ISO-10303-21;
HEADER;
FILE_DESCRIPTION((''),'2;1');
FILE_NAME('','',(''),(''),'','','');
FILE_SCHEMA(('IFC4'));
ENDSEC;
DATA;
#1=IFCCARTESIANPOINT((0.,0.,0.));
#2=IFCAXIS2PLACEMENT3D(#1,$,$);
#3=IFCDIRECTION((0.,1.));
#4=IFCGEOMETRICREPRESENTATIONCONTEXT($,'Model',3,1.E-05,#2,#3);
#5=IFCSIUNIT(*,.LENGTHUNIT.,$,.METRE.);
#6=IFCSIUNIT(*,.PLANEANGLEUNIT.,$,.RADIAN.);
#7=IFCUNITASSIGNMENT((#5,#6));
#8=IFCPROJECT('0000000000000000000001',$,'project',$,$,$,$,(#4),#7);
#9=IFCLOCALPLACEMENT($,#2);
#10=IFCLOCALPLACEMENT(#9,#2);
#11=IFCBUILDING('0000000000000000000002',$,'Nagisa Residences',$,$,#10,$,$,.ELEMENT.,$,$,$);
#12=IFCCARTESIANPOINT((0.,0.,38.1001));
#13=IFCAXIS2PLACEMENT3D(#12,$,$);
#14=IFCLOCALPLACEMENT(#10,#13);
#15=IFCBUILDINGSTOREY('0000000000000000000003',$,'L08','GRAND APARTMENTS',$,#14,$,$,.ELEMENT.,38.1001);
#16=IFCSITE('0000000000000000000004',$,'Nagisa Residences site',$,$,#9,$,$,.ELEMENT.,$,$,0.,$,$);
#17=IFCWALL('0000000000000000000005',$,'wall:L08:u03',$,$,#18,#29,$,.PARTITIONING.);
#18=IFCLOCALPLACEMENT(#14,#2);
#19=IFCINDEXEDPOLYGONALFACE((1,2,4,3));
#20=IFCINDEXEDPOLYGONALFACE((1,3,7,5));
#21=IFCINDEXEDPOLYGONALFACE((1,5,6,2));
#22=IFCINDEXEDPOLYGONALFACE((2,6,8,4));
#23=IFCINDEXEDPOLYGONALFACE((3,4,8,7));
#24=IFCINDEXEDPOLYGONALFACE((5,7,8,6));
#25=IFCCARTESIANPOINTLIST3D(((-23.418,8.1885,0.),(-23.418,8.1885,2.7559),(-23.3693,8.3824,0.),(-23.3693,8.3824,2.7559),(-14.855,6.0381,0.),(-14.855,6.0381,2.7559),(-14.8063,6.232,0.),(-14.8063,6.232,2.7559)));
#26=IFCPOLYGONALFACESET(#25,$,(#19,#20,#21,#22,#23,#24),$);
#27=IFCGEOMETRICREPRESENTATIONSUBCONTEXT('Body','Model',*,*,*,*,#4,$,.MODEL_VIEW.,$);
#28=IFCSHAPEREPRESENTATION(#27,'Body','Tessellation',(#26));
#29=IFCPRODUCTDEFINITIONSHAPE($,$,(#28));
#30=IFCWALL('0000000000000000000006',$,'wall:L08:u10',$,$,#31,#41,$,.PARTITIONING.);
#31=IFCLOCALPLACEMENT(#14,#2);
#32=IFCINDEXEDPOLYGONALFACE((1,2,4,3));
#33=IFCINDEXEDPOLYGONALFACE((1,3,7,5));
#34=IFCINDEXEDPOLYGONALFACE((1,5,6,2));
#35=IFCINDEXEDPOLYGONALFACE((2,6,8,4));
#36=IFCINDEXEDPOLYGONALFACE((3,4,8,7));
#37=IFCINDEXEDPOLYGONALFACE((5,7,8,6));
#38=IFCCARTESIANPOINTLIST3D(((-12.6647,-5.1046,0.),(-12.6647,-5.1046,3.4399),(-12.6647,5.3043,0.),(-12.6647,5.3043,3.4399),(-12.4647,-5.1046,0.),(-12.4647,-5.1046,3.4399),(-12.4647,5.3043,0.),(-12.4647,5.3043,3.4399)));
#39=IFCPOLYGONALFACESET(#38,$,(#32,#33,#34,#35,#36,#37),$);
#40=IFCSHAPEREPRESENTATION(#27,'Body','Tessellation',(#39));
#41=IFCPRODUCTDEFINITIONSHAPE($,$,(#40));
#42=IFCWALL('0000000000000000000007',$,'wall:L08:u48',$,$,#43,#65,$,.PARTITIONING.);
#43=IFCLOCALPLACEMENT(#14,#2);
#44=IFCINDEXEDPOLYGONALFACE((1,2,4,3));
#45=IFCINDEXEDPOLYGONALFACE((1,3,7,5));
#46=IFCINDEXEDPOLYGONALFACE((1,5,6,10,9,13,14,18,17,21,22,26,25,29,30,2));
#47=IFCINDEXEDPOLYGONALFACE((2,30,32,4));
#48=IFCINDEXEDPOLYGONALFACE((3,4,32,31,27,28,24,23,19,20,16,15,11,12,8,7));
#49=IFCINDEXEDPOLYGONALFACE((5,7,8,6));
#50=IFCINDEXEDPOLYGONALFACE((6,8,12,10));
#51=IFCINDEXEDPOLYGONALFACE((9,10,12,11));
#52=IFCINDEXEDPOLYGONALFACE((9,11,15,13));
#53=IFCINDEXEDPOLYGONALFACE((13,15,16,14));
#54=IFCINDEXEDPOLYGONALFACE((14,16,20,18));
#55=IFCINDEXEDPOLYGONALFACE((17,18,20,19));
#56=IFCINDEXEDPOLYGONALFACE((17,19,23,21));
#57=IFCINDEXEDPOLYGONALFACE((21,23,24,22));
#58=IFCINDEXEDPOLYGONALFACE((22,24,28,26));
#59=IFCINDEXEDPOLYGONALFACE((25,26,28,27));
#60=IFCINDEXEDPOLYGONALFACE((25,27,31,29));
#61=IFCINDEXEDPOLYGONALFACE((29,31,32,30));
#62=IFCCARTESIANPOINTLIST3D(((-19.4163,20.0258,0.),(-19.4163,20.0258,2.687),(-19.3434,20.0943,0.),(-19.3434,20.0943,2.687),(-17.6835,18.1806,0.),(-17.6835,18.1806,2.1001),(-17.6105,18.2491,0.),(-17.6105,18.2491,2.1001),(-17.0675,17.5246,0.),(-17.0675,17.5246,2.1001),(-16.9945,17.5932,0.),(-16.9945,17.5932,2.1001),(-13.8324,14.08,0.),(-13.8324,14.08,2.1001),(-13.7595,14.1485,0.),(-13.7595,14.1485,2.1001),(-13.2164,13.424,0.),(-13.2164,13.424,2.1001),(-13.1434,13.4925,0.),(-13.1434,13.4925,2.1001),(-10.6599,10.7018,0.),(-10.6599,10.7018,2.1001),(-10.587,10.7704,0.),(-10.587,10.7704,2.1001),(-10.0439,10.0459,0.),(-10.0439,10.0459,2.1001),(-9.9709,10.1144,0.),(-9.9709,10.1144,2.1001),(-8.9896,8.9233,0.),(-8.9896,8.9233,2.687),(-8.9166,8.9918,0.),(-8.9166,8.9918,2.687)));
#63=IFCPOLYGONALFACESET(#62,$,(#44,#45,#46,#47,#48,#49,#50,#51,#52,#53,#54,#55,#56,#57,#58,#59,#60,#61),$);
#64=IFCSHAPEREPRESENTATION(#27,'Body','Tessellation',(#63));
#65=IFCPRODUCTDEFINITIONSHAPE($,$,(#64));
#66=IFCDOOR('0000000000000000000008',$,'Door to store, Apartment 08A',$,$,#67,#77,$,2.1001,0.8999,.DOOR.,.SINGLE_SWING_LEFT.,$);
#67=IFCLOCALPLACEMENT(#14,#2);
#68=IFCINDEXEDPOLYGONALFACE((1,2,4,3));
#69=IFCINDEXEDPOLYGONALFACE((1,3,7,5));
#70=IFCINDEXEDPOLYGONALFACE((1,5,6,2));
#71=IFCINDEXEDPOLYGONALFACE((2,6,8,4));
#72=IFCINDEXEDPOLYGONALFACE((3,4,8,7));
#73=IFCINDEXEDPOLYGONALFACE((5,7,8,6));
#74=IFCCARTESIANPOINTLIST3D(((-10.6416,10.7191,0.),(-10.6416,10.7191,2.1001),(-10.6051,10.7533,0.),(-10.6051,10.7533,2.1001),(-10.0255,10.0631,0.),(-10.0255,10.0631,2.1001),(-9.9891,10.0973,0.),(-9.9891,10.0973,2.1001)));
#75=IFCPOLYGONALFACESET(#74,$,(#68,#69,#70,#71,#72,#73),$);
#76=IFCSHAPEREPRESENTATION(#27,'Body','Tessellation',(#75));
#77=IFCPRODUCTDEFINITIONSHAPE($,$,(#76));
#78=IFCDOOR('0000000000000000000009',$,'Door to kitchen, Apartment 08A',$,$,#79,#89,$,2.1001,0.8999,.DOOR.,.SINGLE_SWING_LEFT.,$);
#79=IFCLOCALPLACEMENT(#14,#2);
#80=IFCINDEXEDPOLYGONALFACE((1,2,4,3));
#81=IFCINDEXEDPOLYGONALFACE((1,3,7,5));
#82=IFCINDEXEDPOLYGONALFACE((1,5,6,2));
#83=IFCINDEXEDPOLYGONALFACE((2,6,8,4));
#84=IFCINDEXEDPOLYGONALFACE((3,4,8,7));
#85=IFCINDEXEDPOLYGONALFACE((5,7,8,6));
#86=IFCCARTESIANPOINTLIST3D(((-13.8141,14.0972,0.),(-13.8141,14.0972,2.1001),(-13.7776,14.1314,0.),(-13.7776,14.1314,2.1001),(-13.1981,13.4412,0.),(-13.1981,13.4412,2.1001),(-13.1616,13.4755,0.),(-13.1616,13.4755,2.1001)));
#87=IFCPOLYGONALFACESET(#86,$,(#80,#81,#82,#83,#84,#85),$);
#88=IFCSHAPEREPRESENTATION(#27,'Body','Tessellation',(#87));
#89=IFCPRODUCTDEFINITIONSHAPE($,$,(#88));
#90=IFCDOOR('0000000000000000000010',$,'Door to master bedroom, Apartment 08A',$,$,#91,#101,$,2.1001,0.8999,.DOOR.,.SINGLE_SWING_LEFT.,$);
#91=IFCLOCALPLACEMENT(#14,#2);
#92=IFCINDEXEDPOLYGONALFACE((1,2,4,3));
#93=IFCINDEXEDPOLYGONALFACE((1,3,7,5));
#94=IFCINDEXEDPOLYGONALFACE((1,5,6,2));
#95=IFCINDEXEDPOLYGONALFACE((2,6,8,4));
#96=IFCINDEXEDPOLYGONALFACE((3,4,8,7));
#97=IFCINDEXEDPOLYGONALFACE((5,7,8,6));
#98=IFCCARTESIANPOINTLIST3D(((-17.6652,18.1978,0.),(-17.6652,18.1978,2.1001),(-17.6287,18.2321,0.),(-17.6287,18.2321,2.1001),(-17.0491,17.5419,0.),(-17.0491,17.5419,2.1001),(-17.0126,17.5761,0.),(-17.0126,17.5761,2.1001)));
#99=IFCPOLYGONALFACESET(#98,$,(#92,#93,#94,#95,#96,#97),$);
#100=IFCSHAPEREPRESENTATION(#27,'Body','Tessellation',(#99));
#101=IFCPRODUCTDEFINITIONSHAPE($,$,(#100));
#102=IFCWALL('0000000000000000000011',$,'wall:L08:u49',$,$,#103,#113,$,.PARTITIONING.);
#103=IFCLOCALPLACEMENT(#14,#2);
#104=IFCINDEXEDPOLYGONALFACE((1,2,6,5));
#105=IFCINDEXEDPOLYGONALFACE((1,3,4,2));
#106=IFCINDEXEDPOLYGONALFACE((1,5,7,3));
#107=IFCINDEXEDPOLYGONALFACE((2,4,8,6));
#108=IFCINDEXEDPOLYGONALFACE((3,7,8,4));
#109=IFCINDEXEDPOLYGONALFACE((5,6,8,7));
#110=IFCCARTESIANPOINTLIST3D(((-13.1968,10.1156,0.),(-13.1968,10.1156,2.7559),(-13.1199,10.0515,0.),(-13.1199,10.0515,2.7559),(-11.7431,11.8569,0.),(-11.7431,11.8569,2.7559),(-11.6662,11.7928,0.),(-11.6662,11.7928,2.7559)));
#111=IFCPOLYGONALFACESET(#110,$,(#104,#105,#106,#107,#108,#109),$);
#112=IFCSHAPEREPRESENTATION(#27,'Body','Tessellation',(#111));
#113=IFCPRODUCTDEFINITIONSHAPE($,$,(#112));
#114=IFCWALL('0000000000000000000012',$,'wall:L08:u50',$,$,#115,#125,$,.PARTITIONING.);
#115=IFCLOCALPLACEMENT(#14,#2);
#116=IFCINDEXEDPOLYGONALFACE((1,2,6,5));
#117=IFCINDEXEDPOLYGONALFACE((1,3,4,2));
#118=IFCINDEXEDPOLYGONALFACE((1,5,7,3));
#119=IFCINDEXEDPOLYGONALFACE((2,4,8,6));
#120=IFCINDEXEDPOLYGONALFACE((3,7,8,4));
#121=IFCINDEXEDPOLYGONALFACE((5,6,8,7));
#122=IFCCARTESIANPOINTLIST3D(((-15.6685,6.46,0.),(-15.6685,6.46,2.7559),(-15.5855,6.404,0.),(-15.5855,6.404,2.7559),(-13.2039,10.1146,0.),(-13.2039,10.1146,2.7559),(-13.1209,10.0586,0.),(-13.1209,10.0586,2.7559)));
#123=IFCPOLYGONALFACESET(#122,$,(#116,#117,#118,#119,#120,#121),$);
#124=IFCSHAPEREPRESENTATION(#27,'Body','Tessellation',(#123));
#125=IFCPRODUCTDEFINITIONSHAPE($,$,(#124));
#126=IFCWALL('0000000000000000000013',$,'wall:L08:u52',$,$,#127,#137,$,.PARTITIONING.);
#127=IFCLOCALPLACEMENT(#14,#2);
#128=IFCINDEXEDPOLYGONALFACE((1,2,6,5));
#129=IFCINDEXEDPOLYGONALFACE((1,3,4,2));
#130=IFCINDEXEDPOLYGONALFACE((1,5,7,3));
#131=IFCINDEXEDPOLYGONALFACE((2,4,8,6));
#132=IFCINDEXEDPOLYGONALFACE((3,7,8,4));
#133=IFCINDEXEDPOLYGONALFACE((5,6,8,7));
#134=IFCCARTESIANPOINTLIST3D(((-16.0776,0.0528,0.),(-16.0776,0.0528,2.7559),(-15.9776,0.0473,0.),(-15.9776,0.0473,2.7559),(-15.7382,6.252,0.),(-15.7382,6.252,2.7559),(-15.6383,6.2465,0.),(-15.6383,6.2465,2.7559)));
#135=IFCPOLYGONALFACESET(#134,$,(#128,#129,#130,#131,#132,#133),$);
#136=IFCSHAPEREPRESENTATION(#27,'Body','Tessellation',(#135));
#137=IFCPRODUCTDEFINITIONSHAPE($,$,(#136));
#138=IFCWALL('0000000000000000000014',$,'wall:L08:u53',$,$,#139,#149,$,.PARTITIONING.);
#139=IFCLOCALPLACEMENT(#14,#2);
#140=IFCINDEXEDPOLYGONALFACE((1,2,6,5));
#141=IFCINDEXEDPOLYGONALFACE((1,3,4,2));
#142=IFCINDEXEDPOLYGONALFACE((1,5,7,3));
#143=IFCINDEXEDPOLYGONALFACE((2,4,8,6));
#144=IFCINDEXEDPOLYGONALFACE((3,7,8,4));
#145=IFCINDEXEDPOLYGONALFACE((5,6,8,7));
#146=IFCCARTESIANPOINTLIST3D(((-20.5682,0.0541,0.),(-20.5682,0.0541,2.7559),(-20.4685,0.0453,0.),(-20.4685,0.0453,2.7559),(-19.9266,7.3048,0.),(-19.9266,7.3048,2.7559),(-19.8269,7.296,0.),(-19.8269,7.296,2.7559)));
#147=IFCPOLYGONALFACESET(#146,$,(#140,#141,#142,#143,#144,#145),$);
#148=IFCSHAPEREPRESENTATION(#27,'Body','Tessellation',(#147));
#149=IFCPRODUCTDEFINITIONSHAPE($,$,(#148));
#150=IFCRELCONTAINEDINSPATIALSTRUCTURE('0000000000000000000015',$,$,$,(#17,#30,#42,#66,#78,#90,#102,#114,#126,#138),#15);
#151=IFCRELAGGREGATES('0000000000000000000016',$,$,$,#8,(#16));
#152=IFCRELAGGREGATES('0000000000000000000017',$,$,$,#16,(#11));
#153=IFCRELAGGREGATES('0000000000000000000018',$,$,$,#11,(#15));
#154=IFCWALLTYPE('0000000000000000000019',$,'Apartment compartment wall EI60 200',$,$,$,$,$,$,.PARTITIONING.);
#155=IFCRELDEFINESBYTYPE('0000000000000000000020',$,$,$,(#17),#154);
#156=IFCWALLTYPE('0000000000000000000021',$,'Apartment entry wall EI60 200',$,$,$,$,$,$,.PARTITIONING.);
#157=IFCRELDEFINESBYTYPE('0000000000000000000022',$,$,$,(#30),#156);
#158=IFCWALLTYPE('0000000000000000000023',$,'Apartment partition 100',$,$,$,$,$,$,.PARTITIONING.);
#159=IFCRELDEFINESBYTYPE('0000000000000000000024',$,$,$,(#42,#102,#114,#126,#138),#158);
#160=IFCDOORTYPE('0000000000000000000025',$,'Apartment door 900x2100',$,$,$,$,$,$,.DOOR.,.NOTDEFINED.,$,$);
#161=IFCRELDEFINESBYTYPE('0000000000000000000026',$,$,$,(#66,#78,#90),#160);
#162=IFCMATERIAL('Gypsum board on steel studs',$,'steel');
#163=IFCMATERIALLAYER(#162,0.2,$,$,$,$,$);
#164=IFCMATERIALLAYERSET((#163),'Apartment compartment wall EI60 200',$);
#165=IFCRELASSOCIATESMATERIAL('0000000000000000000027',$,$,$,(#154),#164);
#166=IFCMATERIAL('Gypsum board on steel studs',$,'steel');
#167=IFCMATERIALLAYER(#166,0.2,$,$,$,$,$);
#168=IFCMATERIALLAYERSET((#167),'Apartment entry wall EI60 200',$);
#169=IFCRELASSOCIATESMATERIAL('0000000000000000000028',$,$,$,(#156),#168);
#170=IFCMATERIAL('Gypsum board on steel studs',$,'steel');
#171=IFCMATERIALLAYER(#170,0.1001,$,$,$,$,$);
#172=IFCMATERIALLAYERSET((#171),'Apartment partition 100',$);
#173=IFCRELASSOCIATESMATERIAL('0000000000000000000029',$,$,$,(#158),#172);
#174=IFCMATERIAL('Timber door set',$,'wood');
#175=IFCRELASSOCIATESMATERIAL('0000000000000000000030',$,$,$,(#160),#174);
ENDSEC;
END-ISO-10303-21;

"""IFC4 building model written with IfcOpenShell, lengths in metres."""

from ifc_helpers import new_model, si_unit, direction, frame, frame_2d, origin, place, context, subcontext, project, spatial, rectangle, extrude, material, layer, layer_set, type_object, element, fill, save


model = new_model("IFC4")

# Units and contexts
model_context = context("Model", 3, precision=1e-05, world=origin(), true_north=direction((0.0, 1.0)))
body_context = subcontext(model_context, "Body", "Model", "MODEL_VIEW")
ifc_project = project(units=[si_unit("LENGTHUNIT", "METRE"), si_unit("PLANEANGLEUNIT", "RADIAN")], contexts=[model_context])

# Site, building, storey
site_placement = place(None, origin())
site = spatial("IfcSite", under=ifc_project, at=site_placement, Name="Nagisa Residences site", CompositionType="ELEMENT", RefElevation=0.0)
building_placement = place(site_placement, origin())
building = spatial("IfcBuilding", under=site, at=building_placement, Name="Nagisa Residences", CompositionType="ELEMENT")
storey_placement = place(building_placement, frame((0.0, 0.0, 38.1001)))
storey = spatial("IfcBuildingStorey", under=building, at=storey_placement, Name="L08", Description="GRAND APARTMENTS", CompositionType="ELEMENT", Elevation=38.1001)

# Walls
ifc_material_1 = material(Name="Gypsum board on steel studs", Category="steel")
ifc_layer_1 = layer(ifc_material_1, 0.2)
ifc_layer_set_1 = layer_set([ifc_layer_1], Name="Apartment compartment wall EI60 200")
wall_type_1 = type_object("IfcWallType", Name="Apartment compartment wall EI60 200", PredefinedType="PARTITIONING", material=ifc_layer_set_1)
wall_1_placement = place(storey_placement, frame((-14.8306, 6.135, 0.0), z_axis=(0.0, 0.0, 1.0), x_axis=(-0.969885, 0.243564, 0.0)))
element("IfcWall", 1, at=wall_1_placement, inside=storey, type_object=wall_type_1, Name="wall:L08:u03", PredefinedType="PARTITIONING", context=body_context, shape_type="SweptSolid", body=[
    extrude(rectangle(XDim=8.8289, YDim=0.2, at=frame_2d((4.4146, 0.0))), origin(), (0.0, 0.0, 1.0), 2.7559),
])
ifc_material_2 = material(Name="Gypsum board on steel studs", Category="steel")
ifc_layer_2 = layer(ifc_material_2, 0.2)
ifc_layer_set_2 = layer_set([ifc_layer_2], Name="Apartment entry wall EI60 200")
wall_type_2 = type_object("IfcWallType", Name="Apartment entry wall EI60 200", PredefinedType="PARTITIONING", material=ifc_layer_set_2)
wall_2_placement = place(storey_placement, frame((-12.5647, 5.3044, 0.0), z_axis=(0.0, 0.0, 1.0), x_axis=(0.0, -1.0, 0.0)))
element("IfcWall", 2, at=wall_2_placement, inside=storey, type_object=wall_type_2, Name="wall:L08:u10", PredefinedType="PARTITIONING", context=body_context, shape_type="SweptSolid", body=[
    extrude(rectangle(XDim=10.4089, YDim=0.2, at=frame_2d((5.2046, 0.0))), origin(), (0.0, 0.0, 1.0), 3.4399),
])

# Wall, openings, doors
ifc_material_3 = material(Name="Gypsum board on steel studs", Category="steel")
ifc_layer_3 = layer(ifc_material_3, 0.1001)
ifc_layer_set_3 = layer_set([ifc_layer_3], Name="Apartment partition 100")
wall_type_3 = type_object("IfcWallType", Name="Apartment partition 100", PredefinedType="PARTITIONING", material=ifc_layer_set_3)
wall_3_placement = place(storey_placement, frame((-8.9531, 8.9575, 0.0), z_axis=(0.0, 0.0, 1.0), x_axis=(-0.684574, 0.728943, 0.0)))
wall_3 = element("IfcWall", 3, at=wall_3_placement, inside=storey, type_object=wall_type_3, Name="wall:L08:u48", PredefinedType="PARTITIONING", context=body_context, shape_type="SweptSolid", body=[
    extrude(rectangle(XDim=15.231, YDim=0.1001, at=frame_2d((7.6155, 0.0))), origin(), (0.0, 0.0, 1.0), 2.687),
])
opening_1_placement = place(wall_3_placement, frame((1.54, 0.0, 0.0)))
opening_1 = element("IfcOpeningElement", 4, at=opening_1_placement, cuts=wall_3, PredefinedType="OPENING", context=body_context, shape_type="SweptSolid", body=[
    extrude(rectangle(XDim=0.8999, YDim=2.1001, at=frame_2d((0.45, 1.05))), frame((0.0, 0.0601, 0.0), z_axis=(0.0, -1.0, 0.0), x_axis=(1.0, 0.0, 0.0)), (0.0, 0.0, 1.0), 0.1201),
])
opening_2_placement = place(wall_3_placement, frame((6.1743, 0.0, 0.0)))
opening_2 = element("IfcOpeningElement", 5, at=opening_2_placement, cuts=wall_3, PredefinedType="OPENING", context=body_context, shape_type="SweptSolid", body=[
    extrude(rectangle(XDim=0.8999, YDim=2.1001, at=frame_2d((0.45, 1.05))), frame((0.0, 0.0601, 0.0), z_axis=(0.0, -1.0, 0.0), x_axis=(1.0, 0.0, 0.0)), (0.0, 0.0, 1.0), 0.1201),
])
opening_3_placement = place(wall_3_placement, frame((11.7998, 0.0, 0.0)))
opening_3 = element("IfcOpeningElement", 6, at=opening_3_placement, cuts=wall_3, PredefinedType="OPENING", context=body_context, shape_type="SweptSolid", body=[
    extrude(rectangle(XDim=0.8999, YDim=2.1001, at=frame_2d((0.45, 1.05))), frame((0.0, 0.0601, 0.0), z_axis=(0.0, -1.0, 0.0), x_axis=(1.0, 0.0, 0.0)), (0.0, 0.0, 1.0), 0.1201),
])
ifc_material_4 = material(Name="Timber door set", Category="wood")
door_type_1 = type_object("IfcDoorType", Name="Apartment door 900x2100", OperationType="NOTDEFINED", PredefinedType="DOOR", material=ifc_material_4)
door_1_placement = place(opening_1_placement, origin())
door_1 = element("IfcDoor", 7, at=door_1_placement, inside=storey, type_object=door_type_1, Name="Door to store, Apartment 08A", OperationType="SINGLE_SWING_LEFT", OverallHeight=2.1001, OverallWidth=0.8999, PredefinedType="DOOR", context=body_context, shape_type="SweptSolid", body=[
    extrude(rectangle(XDim=0.8999, YDim=2.1001, at=frame_2d((0.45, 1.05))), frame((0.0, 0.0249, 0.0), z_axis=(0.0, -1.0, 0.0), x_axis=(1.0, 0.0, 0.0)), (0.0, 0.0, 1.0), 0.05),
])
fill(opening_1, door_1)
door_2_placement = place(opening_2_placement, origin())
door_2 = element("IfcDoor", 8, at=door_2_placement, inside=storey, type_object=door_type_1, Name="Door to kitchen, Apartment 08A", OperationType="SINGLE_SWING_LEFT", OverallHeight=2.1001, OverallWidth=0.8999, PredefinedType="DOOR", context=body_context, shape_type="SweptSolid", body=[
    extrude(rectangle(XDim=0.8999, YDim=2.1001, at=frame_2d((0.45, 1.05))), frame((0.0, 0.0249, 0.0), z_axis=(0.0, -1.0, 0.0), x_axis=(1.0, 0.0, 0.0)), (0.0, 0.0, 1.0), 0.05),
])
fill(opening_2, door_2)
door_3_placement = place(opening_3_placement, origin())
door_3 = element("IfcDoor", 9, at=door_3_placement, inside=storey, type_object=door_type_1, Name="Door to master bedroom, Apartment 08A", OperationType="SINGLE_SWING_LEFT", OverallHeight=2.1001, OverallWidth=0.8999, PredefinedType="DOOR", context=body_context, shape_type="SweptSolid", body=[
    extrude(rectangle(XDim=0.8999, YDim=2.1001, at=frame_2d((0.45, 1.05))), frame((0.0, 0.0249, 0.0), z_axis=(0.0, -1.0, 0.0), x_axis=(1.0, 0.0, 0.0)), (0.0, 0.0, 1.0), 0.05),
])
fill(opening_3, door_3)

# Walls
wall_4_placement = place(storey_placement, frame((-11.7046, 11.825, 0.0), z_axis=(0.0, 0.0, 1.0), x_axis=(-0.640862, -0.767656, 0.0)))
element("IfcWall", 10, at=wall_4_placement, inside=storey, type_object=wall_type_3, Name="wall:L08:u49", PredefinedType="PARTITIONING", context=body_context, shape_type="SweptSolid", body=[
    extrude(rectangle(XDim=2.2683, YDim=0.1001, at=frame_2d((1.1343, 0.0))), origin(), (0.0, 0.0, 1.0), 2.7559),
])
wall_5_placement = place(storey_placement, frame((-13.1624, 10.0867, 0.0), z_axis=(0.0, 0.0, 1.0), x_axis=(-0.559128, -0.829082, 0.0)))
element("IfcWall", 11, at=wall_5_placement, inside=storey, type_object=wall_type_3, Name="wall:L08:u50", PredefinedType="PARTITIONING", context=body_context, shape_type="SweptSolid", body=[
    extrude(rectangle(XDim=4.408, YDim=0.1001, at=frame_2d((2.2041, 0.0))), origin(), (0.0, 0.0, 1.0), 2.7559),
])
wall_6_placement = place(storey_placement, frame((-15.6882, 6.2493, 0.0), z_axis=(0.0, 0.0, 1.0), x_axis=(-0.05466, -0.998505, 0.0)))
element("IfcWall", 12, at=wall_6_placement, inside=storey, type_object=wall_type_3, Name="wall:L08:u52", PredefinedType="PARTITIONING", context=body_context, shape_type="SweptSolid", body=[
    extrude(rectangle(XDim=6.2085, YDim=0.1001, at=frame_2d((3.1042, 0.0))), origin(), (0.0, 0.0, 1.0), 2.7559),
])
wall_7_placement = place(storey_placement, frame((-19.8767, 7.3005, 0.0), z_axis=(0.0, 0.0, 1.0), x_axis=(-0.088143, -0.996108, 0.0)))
element("IfcWall", 13, at=wall_7_placement, inside=storey, type_object=wall_type_3, Name="wall:L08:u53", PredefinedType="PARTITIONING", context=body_context, shape_type="SweptSolid", body=[
    extrude(rectangle(XDim=7.2791, YDim=0.1001, at=frame_2d((3.6396, 0.0))), origin(), (0.0, 0.0, 1.0), 2.7559),
])

save(model, "model.ifc")
